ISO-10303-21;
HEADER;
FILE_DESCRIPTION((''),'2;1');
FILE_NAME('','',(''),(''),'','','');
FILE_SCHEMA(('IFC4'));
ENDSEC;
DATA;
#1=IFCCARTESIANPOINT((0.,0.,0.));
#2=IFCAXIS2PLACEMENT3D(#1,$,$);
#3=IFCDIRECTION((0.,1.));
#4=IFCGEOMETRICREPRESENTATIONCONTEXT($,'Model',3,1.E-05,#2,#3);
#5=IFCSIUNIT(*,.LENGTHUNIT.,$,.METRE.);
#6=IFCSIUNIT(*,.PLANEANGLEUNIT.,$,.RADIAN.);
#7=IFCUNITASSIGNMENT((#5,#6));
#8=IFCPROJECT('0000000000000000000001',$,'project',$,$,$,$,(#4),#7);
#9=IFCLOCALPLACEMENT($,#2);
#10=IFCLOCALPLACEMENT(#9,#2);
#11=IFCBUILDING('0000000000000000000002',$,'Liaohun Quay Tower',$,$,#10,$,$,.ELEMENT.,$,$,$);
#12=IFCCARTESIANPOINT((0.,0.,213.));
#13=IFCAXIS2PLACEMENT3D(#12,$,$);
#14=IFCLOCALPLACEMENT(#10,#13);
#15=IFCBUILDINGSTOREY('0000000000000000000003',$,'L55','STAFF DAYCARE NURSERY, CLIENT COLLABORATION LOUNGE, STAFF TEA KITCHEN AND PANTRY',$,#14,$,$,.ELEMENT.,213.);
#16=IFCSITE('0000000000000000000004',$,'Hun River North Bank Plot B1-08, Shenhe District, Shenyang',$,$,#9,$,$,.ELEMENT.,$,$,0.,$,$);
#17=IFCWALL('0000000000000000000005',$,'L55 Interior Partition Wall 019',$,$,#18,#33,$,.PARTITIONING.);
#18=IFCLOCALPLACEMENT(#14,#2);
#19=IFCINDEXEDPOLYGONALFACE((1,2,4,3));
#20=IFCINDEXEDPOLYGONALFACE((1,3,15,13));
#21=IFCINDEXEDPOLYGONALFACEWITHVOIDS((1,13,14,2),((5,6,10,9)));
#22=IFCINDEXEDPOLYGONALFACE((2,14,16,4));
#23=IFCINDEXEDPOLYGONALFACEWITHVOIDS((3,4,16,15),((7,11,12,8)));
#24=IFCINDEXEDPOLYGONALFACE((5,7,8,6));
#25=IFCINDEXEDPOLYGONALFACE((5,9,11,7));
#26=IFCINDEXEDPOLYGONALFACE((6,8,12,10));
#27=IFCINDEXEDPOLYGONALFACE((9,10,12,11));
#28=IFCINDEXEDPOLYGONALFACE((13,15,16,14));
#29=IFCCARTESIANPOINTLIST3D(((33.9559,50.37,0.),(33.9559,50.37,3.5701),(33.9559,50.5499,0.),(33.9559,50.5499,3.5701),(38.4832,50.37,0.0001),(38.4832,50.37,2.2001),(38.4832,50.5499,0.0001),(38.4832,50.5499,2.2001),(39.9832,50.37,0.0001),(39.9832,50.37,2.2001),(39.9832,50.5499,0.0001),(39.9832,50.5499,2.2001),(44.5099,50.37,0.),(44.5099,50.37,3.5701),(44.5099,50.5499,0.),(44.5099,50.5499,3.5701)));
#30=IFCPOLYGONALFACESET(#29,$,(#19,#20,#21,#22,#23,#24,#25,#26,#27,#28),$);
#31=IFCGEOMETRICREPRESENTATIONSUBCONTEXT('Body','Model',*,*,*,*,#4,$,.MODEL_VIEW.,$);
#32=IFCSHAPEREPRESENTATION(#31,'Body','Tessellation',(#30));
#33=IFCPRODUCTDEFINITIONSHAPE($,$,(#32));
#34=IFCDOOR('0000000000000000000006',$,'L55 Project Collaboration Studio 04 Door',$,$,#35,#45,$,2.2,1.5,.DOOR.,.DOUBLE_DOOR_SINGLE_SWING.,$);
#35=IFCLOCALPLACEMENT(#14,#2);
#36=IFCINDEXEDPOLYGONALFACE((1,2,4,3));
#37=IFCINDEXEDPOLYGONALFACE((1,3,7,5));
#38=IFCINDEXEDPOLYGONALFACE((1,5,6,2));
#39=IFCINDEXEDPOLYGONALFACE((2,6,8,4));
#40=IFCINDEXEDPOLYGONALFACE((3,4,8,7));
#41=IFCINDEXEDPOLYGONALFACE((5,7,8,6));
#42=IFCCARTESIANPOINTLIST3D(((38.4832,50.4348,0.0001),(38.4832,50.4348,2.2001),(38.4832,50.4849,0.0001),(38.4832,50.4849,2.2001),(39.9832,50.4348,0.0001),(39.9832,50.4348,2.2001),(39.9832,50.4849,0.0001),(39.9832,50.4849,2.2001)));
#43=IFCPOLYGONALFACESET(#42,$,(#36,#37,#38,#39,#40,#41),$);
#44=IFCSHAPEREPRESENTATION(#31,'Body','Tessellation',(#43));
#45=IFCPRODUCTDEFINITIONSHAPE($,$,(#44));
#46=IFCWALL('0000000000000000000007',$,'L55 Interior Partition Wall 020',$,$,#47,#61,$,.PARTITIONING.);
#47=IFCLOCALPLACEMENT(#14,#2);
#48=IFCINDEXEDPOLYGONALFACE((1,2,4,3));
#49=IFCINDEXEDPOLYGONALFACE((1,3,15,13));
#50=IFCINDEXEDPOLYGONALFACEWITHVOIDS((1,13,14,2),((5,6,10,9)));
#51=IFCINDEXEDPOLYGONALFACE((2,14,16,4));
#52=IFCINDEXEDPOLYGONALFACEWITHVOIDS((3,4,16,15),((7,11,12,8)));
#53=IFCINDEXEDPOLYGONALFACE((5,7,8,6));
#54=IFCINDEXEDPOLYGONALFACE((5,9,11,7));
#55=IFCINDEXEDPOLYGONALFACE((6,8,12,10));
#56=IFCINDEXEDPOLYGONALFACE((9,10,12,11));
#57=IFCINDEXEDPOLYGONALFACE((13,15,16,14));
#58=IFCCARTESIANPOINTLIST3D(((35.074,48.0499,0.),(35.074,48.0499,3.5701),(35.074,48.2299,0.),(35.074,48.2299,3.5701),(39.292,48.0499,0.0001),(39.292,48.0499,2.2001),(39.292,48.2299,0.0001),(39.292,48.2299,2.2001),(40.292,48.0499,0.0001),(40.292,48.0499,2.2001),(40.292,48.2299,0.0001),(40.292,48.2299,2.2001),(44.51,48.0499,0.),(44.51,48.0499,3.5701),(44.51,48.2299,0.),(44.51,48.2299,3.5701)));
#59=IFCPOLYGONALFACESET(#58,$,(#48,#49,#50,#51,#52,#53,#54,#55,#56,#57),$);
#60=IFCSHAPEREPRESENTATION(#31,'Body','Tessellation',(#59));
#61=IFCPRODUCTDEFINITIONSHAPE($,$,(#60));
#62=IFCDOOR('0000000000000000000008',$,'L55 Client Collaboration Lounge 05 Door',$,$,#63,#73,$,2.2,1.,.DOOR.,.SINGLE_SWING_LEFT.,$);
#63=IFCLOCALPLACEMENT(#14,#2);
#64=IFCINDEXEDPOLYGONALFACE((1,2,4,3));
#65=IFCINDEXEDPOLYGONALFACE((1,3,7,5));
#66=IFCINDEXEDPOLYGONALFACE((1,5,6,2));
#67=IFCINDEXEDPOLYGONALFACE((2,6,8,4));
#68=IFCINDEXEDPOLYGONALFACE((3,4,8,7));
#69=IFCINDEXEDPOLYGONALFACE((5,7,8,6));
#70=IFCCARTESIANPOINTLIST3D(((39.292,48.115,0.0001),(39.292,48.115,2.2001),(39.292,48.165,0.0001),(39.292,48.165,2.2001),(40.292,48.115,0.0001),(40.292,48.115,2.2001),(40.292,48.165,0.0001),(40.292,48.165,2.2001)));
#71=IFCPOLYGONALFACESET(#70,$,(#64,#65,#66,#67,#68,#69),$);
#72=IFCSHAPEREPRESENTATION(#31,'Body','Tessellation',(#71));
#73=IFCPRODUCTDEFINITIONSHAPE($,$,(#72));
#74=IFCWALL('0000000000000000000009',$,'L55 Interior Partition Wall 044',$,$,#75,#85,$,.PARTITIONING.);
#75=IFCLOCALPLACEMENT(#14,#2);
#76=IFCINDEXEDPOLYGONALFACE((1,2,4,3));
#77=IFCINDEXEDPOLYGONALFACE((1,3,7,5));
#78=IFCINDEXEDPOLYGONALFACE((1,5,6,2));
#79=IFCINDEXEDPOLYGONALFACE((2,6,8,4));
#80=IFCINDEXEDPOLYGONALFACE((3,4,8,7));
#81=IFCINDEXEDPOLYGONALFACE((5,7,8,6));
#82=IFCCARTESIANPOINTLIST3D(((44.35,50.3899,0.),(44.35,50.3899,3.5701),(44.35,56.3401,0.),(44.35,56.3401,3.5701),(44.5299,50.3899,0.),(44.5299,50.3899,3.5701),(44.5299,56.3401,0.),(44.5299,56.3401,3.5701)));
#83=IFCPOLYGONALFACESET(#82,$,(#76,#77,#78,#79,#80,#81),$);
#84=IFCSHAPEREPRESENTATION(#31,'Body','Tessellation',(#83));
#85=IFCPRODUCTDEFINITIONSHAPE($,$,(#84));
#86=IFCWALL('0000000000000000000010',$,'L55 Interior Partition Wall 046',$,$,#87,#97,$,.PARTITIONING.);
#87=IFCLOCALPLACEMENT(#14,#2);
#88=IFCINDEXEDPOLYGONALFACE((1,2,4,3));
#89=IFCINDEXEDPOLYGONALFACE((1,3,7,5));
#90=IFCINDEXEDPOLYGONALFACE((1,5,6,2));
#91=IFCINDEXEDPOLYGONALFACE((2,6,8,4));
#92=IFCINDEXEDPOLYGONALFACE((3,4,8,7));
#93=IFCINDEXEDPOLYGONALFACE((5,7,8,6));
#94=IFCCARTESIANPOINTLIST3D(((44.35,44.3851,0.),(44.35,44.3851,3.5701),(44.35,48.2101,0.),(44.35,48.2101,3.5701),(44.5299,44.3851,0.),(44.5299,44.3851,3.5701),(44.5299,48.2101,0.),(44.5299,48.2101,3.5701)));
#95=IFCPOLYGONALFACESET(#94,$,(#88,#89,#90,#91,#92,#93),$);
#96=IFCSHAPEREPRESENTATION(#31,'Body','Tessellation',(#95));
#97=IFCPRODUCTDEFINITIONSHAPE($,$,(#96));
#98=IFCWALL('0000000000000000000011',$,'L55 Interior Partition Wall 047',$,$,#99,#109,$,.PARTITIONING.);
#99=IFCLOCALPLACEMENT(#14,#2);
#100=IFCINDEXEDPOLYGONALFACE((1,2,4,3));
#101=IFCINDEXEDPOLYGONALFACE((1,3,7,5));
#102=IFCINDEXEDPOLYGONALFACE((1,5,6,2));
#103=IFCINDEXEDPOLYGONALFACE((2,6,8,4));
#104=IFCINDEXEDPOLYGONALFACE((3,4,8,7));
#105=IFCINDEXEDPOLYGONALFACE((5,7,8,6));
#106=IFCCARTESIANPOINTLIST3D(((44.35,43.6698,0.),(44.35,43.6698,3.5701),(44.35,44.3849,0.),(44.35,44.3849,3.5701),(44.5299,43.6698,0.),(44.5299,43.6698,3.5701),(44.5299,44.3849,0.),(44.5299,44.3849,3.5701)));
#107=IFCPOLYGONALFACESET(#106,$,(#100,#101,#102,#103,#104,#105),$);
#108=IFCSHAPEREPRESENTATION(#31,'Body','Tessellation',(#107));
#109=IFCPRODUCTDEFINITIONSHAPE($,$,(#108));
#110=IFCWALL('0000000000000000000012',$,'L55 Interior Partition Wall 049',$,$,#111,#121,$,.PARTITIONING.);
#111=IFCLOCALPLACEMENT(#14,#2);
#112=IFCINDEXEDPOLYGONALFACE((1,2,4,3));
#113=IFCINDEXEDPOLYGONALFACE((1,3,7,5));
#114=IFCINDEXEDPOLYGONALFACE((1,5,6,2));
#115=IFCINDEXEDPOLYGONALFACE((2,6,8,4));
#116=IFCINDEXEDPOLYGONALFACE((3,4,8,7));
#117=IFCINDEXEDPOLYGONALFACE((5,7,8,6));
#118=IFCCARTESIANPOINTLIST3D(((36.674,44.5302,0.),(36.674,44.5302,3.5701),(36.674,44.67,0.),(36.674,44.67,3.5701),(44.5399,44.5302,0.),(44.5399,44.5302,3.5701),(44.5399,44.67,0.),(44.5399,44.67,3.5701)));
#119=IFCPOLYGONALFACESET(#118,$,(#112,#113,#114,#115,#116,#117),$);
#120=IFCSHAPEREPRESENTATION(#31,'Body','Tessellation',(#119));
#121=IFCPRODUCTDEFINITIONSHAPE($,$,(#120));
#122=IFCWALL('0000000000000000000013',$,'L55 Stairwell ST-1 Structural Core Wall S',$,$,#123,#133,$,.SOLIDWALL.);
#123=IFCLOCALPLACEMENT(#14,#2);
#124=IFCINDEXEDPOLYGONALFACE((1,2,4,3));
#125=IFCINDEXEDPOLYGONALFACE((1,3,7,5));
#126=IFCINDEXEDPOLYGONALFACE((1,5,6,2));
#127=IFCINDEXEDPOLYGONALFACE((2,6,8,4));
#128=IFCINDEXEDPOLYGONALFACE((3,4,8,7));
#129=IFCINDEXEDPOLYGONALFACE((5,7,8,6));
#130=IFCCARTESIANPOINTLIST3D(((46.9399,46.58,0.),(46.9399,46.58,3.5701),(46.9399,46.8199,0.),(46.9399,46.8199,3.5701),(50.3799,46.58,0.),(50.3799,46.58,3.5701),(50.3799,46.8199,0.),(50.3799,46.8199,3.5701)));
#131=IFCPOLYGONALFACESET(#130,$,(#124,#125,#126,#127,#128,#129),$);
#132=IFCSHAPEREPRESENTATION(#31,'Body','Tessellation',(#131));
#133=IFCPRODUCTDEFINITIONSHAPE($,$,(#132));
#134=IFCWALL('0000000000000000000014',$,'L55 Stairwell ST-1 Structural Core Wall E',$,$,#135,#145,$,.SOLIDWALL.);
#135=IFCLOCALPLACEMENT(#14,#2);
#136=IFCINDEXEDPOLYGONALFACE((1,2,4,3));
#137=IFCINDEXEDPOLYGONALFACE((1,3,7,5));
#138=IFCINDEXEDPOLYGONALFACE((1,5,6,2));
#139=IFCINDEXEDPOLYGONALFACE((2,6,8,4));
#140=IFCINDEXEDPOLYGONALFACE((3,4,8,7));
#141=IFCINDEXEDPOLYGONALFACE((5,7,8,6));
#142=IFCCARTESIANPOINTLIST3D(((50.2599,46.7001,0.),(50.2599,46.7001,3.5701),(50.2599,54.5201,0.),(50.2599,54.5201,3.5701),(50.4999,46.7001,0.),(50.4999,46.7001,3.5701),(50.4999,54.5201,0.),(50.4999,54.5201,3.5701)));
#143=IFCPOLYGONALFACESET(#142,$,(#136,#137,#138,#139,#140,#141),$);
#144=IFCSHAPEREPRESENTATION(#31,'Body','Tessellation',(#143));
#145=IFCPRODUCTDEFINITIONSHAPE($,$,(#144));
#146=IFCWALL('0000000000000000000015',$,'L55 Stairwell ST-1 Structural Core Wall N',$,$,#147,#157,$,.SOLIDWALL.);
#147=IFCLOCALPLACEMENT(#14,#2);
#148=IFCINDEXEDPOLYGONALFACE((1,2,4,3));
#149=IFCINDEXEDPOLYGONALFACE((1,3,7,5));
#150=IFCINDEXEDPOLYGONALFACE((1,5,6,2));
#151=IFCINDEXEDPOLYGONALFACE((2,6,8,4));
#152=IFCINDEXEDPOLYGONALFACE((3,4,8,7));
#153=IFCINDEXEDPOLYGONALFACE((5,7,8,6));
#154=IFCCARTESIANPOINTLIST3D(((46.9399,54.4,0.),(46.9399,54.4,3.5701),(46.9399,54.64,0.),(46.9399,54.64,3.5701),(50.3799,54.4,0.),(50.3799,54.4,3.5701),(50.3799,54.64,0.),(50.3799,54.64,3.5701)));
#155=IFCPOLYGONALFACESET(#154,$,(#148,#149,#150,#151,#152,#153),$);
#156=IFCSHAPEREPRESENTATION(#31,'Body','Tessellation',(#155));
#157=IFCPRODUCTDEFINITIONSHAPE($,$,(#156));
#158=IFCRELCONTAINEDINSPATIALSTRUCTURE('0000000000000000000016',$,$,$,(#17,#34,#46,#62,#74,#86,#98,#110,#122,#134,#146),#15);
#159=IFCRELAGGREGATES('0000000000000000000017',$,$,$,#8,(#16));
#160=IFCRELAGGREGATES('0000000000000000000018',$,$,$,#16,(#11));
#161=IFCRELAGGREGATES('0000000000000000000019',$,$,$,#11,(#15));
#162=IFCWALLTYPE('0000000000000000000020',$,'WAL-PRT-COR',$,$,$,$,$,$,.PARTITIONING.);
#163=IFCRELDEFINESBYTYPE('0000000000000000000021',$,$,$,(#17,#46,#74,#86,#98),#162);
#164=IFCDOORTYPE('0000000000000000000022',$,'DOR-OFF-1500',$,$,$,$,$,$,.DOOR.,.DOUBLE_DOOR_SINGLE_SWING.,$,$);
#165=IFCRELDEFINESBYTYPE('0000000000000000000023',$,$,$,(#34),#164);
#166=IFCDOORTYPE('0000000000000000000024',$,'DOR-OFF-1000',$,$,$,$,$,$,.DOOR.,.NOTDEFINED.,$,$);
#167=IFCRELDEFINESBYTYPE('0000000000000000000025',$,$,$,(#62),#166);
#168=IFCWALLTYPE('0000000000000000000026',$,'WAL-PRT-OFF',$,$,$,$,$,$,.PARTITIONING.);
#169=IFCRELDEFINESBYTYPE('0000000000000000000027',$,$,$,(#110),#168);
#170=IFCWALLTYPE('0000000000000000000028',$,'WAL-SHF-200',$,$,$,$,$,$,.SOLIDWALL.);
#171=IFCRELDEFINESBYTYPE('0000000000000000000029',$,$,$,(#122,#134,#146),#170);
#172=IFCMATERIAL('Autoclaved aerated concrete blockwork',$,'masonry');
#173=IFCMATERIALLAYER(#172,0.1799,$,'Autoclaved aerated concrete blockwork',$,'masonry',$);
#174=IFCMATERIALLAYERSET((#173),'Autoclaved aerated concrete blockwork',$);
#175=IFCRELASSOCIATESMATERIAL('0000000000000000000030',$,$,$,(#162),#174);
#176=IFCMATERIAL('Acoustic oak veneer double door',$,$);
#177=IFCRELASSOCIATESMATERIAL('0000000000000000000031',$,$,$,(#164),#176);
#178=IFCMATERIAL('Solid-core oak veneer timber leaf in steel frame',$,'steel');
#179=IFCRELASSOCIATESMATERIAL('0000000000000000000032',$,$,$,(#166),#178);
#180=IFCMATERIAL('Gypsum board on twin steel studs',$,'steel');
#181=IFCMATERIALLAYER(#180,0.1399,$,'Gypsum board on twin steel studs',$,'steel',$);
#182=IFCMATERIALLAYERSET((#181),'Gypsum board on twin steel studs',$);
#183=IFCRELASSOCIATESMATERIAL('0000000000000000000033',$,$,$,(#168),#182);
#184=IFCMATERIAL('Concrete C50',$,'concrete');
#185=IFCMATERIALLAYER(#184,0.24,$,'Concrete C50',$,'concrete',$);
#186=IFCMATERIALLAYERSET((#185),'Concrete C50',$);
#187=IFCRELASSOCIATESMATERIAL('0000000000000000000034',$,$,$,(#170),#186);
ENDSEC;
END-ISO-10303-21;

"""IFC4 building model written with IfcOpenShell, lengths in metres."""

from ifc_helpers import new_model, si_unit, direction, frame, frame_2d, origin, place, context, subcontext, project, spatial, rectangle, extrude, source, transform, mapped, material, layer, layer_set, type_object, element, fill, save


model = new_model("IFC4")

# Units and contexts
model_context = context("Model", 3, precision=1e-05, world=origin(), true_north=direction((0.0, 1.0)))
body_context = subcontext(model_context, "Body", "Model", "MODEL_VIEW")
ifc_project = project(units=[si_unit("LENGTHUNIT", "METRE"), si_unit("PLANEANGLEUNIT", "RADIAN")], contexts=[model_context])

# Site, building, storey
site_placement = place(None, origin())
site = spatial("IfcSite", under=ifc_project, at=site_placement, Name="Hun River North Bank Plot B1-08, Shenhe District, Shenyang", CompositionType="ELEMENT", RefElevation=0.0)
building_placement = place(site_placement, origin())
building = spatial("IfcBuilding", under=site, at=building_placement, Name="Liaohun Quay Tower", CompositionType="ELEMENT")
storey_placement = place(building_placement, frame((0.0, 0.0, 213.0)))
storey = spatial("IfcBuildingStorey", under=building, at=storey_placement, Name="L55", Description="STAFF DAYCARE NURSERY, CLIENT COLLABORATION LOUNGE, STAFF TEA KITCHEN AND PANTRY", CompositionType="ELEMENT", Elevation=213.0)

# Walls, openings, doors
ifc_material_1 = material(Name="Autoclaved aerated concrete blockwork", Category="masonry")
ifc_layer_1 = layer(ifc_material_1, 0.1799, Name="Autoclaved aerated concrete blockwork", Category="masonry")
ifc_layer_set_1 = layer_set([ifc_layer_1], Name="Autoclaved aerated concrete blockwork")
wall_type_1 = type_object("IfcWallType", Name="WAL-PRT-COR", PredefinedType="PARTITIONING", material=ifc_layer_set_1)
wall_1_placement = place(storey_placement, frame((33.9561, 50.46, 0.0), z_axis=(0.0, 0.0, 1.0), x_axis=(1.0, 0.0, 0.0)))
wall_1 = element("IfcWall", 1, at=wall_1_placement, inside=storey, type_object=wall_type_1, Name="L55 Interior Partition Wall 019", PredefinedType="PARTITIONING", context=body_context, shape_type="SweptSolid", body=[
    extrude(rectangle(XDim=10.554, YDim=0.1799, at=frame_2d((5.2769, 0.0))), origin(), (0.0, 0.0, 1.0), 3.5701),
])
shared_shape_1 = source(origin(), body_context, "Body", "SweptSolid", [
    extrude(rectangle(XDim=1.5, YDim=2.2, at=frame_2d((0.75, 1.1001))), frame((0.0, 0.0999, 0.0), z_axis=(0.0, -1.0, 0.0), x_axis=(1.0, 0.0, 0.0)), (0.0, 0.0, 1.0), 0.2),
])
opening_1_placement = place(wall_1_placement, frame((4.5271, 0.0, 0.0)))
opening_1 = element("IfcOpeningElement", 2, at=opening_1_placement, cuts=wall_1, PredefinedType="OPENING", context=body_context, shape_type="MappedRepresentation", body=[
    mapped(shared_shape_1, transform((0.0, 0.0, 0.0), x_axis=(1.0, 0.0, 0.0), y_axis=(0.0, 1.0, 0.0), z_axis=(0.0, 0.0, 1.0), scale=1.0)),
])
ifc_material_2 = material(Name="Acoustic oak veneer double door")
door_type_1 = type_object("IfcDoorType", Name="DOR-OFF-1500", OperationType="DOUBLE_DOOR_SINGLE_SWING", PredefinedType="DOOR", material=ifc_material_2)
shared_shape_2 = source(origin(), body_context, "Body", "SweptSolid", [
    extrude(rectangle(XDim=1.5, YDim=2.2, at=frame_2d((0.75, 1.1001))), frame((0.0, 0.0249, 0.0), z_axis=(0.0, -1.0, 0.0), x_axis=(1.0, 0.0, 0.0)), (0.0, 0.0, 1.0), 0.05),
])
door_1_placement = place(opening_1_placement, origin())
door_1 = element("IfcDoor", 3, at=door_1_placement, inside=storey, type_object=door_type_1, Name="L55 Project Collaboration Studio 04 Door", OperationType="DOUBLE_DOOR_SINGLE_SWING", OverallHeight=2.2, OverallWidth=1.5, PredefinedType="DOOR", context=body_context, shape_type="MappedRepresentation", body=[
    mapped(shared_shape_2, transform((0.0, 0.0, 0.0), x_axis=(1.0, 0.0, 0.0), y_axis=(0.0, 1.0, 0.0), z_axis=(0.0, 0.0, 1.0), scale=1.0)),
])
fill(opening_1, door_1)
wall_2_placement = place(storey_placement, frame((44.51, 48.1399, 0.0), z_axis=(0.0, 0.0, 1.0), x_axis=(-1.0, 0.0, 0.0)))
wall_2 = element("IfcWall", 4, at=wall_2_placement, inside=storey, type_object=wall_type_1, Name="L55 Interior Partition Wall 020", PredefinedType="PARTITIONING", context=body_context, shape_type="SweptSolid", body=[
    extrude(rectangle(XDim=9.436, YDim=0.1799, at=frame_2d((4.718, 0.0))), origin(), (0.0, 0.0, 1.0), 3.5701),
])
shared_shape_3 = source(origin(), body_context, "Body", "SweptSolid", [
    extrude(rectangle(XDim=1.0, YDim=2.2, at=frame_2d((0.5, 1.1001))), frame((0.0, 0.0999, 0.0), z_axis=(0.0, -1.0, 0.0), x_axis=(1.0, 0.0, 0.0)), (0.0, 0.0, 1.0), 0.2),
])
opening_2_placement = place(wall_2_placement, frame((4.218, 0.0, 0.0)))
opening_2 = element("IfcOpeningElement", 5, at=opening_2_placement, cuts=wall_2, PredefinedType="OPENING", context=body_context, shape_type="MappedRepresentation", body=[
    mapped(shared_shape_3, transform((0.0, 0.0, 0.0), x_axis=(1.0, 0.0, 0.0), y_axis=(0.0, 1.0, 0.0), z_axis=(0.0, 0.0, 1.0), scale=1.0)),
])
ifc_material_3 = material(Name="Solid-core oak veneer timber leaf in steel frame", Category="steel")
door_type_2 = type_object("IfcDoorType", Name="DOR-OFF-1000", OperationType="NOTDEFINED", PredefinedType="DOOR", material=ifc_material_3)
shared_shape_4 = source(origin(), body_context, "Body", "SweptSolid", [
    extrude(rectangle(XDim=1.0, YDim=2.2, at=frame_2d((0.5, 1.1001))), frame((0.0, 0.0249, 0.0), z_axis=(0.0, -1.0, 0.0), x_axis=(1.0, 0.0, 0.0)), (0.0, 0.0, 1.0), 0.05),
])
door_2_placement = place(opening_2_placement, origin())
door_2 = element("IfcDoor", 6, at=door_2_placement, inside=storey, type_object=door_type_2, Name="L55 Client Collaboration Lounge 05 Door", OperationType="SINGLE_SWING_LEFT", OverallHeight=2.2, OverallWidth=1.0, PredefinedType="DOOR", context=body_context, shape_type="MappedRepresentation", body=[
    mapped(shared_shape_4, transform((0.0, 0.0, 0.0), x_axis=(1.0, 0.0, 0.0), y_axis=(0.0, 1.0, 0.0), z_axis=(0.0, 0.0, 1.0), scale=1.0)),
])
fill(opening_2, door_2)

# Walls
wall_3_placement = place(storey_placement, frame((44.4399, 50.3899, 0.0), z_axis=(0.0, 0.0, 1.0), x_axis=(0.0, 1.0, 0.0)))
element("IfcWall", 7, at=wall_3_placement, inside=storey, type_object=wall_type_1, Name="L55 Interior Partition Wall 044", PredefinedType="PARTITIONING", context=body_context, shape_type="SweptSolid", body=[
    extrude(rectangle(XDim=5.9502, YDim=0.1799, at=frame_2d((2.9751, 0.0))), origin(), (0.0, 0.0, 1.0), 3.5701),
])
wall_4_placement = place(storey_placement, frame((44.4399, 44.385, 0.0), z_axis=(0.0, 0.0, 1.0), x_axis=(0.0, 1.0, 0.0)))
element("IfcWall", 8, at=wall_4_placement, inside=storey, type_object=wall_type_1, Name="L55 Interior Partition Wall 046", PredefinedType="PARTITIONING", context=body_context, shape_type="SweptSolid", body=[
    extrude(rectangle(XDim=3.825, YDim=0.1799, at=frame_2d((1.9126, 0.0))), origin(), (0.0, 0.0, 1.0), 3.5701),
])
wall_5_placement = place(storey_placement, frame((44.4399, 43.6699, 0.0), z_axis=(0.0, 0.0, 1.0), x_axis=(0.0, 1.0, 0.0)))
element("IfcWall", 9, at=wall_5_placement, inside=storey, type_object=wall_type_1, Name="L55 Interior Partition Wall 047", PredefinedType="PARTITIONING", context=body_context, shape_type="SweptSolid", body=[
    extrude(rectangle(XDim=0.7151, YDim=0.1799, at=frame_2d((0.3574, 0.0))), origin(), (0.0, 0.0, 1.0), 3.5701),
])
ifc_material_4 = material(Name="Gypsum board on twin steel studs", Category="steel")
ifc_layer_2 = layer(ifc_material_4, 0.1399, Name="Gypsum board on twin steel studs", Category="steel")
ifc_layer_set_2 = layer_set([ifc_layer_2], Name="Gypsum board on twin steel studs")
wall_type_2 = type_object("IfcWallType", Name="WAL-PRT-OFF", PredefinedType="PARTITIONING", material=ifc_layer_set_2)
wall_6_placement = place(storey_placement, frame((44.54, 44.6001, 0.0), z_axis=(0.0, 0.0, 1.0), x_axis=(-1.0, 0.0, 0.0)))
element("IfcWall", 10, at=wall_6_placement, inside=storey, type_object=wall_type_2, Name="L55 Interior Partition Wall 049", PredefinedType="PARTITIONING", context=body_context, shape_type="SweptSolid", body=[
    extrude(rectangle(XDim=7.866, YDim=0.1399, at=frame_2d((3.9331, 0.0))), origin(), (0.0, 0.0, 1.0), 3.5701),
])
ifc_material_5 = material(Name="Concrete C50", Category="concrete")
ifc_layer_3 = layer(ifc_material_5, 0.24, Name="Concrete C50", Category="concrete")
ifc_layer_set_3 = layer_set([ifc_layer_3], Name="Concrete C50")
wall_type_3 = type_object("IfcWallType", Name="WAL-SHF-200", PredefinedType="SOLIDWALL", material=ifc_layer_set_3)
wall_7_placement = place(storey_placement, frame((46.9399, 46.7, 0.0), z_axis=(0.0, 0.0, 1.0), x_axis=(1.0, 0.0, 0.0)))
element("IfcWall", 11, at=wall_7_placement, inside=storey, type_object=wall_type_3, Name="L55 Stairwell ST-1 Structural Core Wall S", PredefinedType="SOLIDWALL", context=body_context, shape_type="SweptSolid", body=[
    extrude(rectangle(XDim=3.4399, YDim=0.24, at=frame_2d((1.72, 0.0))), origin(), (0.0, 0.0, 1.0), 3.5701),
])
wall_8_placement = place(storey_placement, frame((50.3799, 46.7, 0.0), z_axis=(0.0, 0.0, 1.0), x_axis=(0.0, 1.0, 0.0)))
element("IfcWall", 12, at=wall_8_placement, inside=storey, type_object=wall_type_3, Name="L55 Stairwell ST-1 Structural Core Wall E", PredefinedType="SOLIDWALL", context=body_context, shape_type="SweptSolid", body=[
    extrude(rectangle(XDim=7.8201, YDim=0.24, at=frame_2d((3.9102, 0.0))), origin(), (0.0, 0.0, 1.0), 3.5701),
])
wall_9_placement = place(storey_placement, frame((50.3799, 54.52, 0.0), z_axis=(0.0, 0.0, 1.0), x_axis=(-1.0, 0.0, 0.0)))
element("IfcWall", 13, at=wall_9_placement, inside=storey, type_object=wall_type_3, Name="L55 Stairwell ST-1 Structural Core Wall N", PredefinedType="SOLIDWALL", context=body_context, shape_type="SweptSolid", body=[
    extrude(rectangle(XDim=3.4399, YDim=0.24, at=frame_2d((1.72, 0.0))), origin(), (0.0, 0.0, 1.0), 3.5701),
])

save(model, "model.ifc")
